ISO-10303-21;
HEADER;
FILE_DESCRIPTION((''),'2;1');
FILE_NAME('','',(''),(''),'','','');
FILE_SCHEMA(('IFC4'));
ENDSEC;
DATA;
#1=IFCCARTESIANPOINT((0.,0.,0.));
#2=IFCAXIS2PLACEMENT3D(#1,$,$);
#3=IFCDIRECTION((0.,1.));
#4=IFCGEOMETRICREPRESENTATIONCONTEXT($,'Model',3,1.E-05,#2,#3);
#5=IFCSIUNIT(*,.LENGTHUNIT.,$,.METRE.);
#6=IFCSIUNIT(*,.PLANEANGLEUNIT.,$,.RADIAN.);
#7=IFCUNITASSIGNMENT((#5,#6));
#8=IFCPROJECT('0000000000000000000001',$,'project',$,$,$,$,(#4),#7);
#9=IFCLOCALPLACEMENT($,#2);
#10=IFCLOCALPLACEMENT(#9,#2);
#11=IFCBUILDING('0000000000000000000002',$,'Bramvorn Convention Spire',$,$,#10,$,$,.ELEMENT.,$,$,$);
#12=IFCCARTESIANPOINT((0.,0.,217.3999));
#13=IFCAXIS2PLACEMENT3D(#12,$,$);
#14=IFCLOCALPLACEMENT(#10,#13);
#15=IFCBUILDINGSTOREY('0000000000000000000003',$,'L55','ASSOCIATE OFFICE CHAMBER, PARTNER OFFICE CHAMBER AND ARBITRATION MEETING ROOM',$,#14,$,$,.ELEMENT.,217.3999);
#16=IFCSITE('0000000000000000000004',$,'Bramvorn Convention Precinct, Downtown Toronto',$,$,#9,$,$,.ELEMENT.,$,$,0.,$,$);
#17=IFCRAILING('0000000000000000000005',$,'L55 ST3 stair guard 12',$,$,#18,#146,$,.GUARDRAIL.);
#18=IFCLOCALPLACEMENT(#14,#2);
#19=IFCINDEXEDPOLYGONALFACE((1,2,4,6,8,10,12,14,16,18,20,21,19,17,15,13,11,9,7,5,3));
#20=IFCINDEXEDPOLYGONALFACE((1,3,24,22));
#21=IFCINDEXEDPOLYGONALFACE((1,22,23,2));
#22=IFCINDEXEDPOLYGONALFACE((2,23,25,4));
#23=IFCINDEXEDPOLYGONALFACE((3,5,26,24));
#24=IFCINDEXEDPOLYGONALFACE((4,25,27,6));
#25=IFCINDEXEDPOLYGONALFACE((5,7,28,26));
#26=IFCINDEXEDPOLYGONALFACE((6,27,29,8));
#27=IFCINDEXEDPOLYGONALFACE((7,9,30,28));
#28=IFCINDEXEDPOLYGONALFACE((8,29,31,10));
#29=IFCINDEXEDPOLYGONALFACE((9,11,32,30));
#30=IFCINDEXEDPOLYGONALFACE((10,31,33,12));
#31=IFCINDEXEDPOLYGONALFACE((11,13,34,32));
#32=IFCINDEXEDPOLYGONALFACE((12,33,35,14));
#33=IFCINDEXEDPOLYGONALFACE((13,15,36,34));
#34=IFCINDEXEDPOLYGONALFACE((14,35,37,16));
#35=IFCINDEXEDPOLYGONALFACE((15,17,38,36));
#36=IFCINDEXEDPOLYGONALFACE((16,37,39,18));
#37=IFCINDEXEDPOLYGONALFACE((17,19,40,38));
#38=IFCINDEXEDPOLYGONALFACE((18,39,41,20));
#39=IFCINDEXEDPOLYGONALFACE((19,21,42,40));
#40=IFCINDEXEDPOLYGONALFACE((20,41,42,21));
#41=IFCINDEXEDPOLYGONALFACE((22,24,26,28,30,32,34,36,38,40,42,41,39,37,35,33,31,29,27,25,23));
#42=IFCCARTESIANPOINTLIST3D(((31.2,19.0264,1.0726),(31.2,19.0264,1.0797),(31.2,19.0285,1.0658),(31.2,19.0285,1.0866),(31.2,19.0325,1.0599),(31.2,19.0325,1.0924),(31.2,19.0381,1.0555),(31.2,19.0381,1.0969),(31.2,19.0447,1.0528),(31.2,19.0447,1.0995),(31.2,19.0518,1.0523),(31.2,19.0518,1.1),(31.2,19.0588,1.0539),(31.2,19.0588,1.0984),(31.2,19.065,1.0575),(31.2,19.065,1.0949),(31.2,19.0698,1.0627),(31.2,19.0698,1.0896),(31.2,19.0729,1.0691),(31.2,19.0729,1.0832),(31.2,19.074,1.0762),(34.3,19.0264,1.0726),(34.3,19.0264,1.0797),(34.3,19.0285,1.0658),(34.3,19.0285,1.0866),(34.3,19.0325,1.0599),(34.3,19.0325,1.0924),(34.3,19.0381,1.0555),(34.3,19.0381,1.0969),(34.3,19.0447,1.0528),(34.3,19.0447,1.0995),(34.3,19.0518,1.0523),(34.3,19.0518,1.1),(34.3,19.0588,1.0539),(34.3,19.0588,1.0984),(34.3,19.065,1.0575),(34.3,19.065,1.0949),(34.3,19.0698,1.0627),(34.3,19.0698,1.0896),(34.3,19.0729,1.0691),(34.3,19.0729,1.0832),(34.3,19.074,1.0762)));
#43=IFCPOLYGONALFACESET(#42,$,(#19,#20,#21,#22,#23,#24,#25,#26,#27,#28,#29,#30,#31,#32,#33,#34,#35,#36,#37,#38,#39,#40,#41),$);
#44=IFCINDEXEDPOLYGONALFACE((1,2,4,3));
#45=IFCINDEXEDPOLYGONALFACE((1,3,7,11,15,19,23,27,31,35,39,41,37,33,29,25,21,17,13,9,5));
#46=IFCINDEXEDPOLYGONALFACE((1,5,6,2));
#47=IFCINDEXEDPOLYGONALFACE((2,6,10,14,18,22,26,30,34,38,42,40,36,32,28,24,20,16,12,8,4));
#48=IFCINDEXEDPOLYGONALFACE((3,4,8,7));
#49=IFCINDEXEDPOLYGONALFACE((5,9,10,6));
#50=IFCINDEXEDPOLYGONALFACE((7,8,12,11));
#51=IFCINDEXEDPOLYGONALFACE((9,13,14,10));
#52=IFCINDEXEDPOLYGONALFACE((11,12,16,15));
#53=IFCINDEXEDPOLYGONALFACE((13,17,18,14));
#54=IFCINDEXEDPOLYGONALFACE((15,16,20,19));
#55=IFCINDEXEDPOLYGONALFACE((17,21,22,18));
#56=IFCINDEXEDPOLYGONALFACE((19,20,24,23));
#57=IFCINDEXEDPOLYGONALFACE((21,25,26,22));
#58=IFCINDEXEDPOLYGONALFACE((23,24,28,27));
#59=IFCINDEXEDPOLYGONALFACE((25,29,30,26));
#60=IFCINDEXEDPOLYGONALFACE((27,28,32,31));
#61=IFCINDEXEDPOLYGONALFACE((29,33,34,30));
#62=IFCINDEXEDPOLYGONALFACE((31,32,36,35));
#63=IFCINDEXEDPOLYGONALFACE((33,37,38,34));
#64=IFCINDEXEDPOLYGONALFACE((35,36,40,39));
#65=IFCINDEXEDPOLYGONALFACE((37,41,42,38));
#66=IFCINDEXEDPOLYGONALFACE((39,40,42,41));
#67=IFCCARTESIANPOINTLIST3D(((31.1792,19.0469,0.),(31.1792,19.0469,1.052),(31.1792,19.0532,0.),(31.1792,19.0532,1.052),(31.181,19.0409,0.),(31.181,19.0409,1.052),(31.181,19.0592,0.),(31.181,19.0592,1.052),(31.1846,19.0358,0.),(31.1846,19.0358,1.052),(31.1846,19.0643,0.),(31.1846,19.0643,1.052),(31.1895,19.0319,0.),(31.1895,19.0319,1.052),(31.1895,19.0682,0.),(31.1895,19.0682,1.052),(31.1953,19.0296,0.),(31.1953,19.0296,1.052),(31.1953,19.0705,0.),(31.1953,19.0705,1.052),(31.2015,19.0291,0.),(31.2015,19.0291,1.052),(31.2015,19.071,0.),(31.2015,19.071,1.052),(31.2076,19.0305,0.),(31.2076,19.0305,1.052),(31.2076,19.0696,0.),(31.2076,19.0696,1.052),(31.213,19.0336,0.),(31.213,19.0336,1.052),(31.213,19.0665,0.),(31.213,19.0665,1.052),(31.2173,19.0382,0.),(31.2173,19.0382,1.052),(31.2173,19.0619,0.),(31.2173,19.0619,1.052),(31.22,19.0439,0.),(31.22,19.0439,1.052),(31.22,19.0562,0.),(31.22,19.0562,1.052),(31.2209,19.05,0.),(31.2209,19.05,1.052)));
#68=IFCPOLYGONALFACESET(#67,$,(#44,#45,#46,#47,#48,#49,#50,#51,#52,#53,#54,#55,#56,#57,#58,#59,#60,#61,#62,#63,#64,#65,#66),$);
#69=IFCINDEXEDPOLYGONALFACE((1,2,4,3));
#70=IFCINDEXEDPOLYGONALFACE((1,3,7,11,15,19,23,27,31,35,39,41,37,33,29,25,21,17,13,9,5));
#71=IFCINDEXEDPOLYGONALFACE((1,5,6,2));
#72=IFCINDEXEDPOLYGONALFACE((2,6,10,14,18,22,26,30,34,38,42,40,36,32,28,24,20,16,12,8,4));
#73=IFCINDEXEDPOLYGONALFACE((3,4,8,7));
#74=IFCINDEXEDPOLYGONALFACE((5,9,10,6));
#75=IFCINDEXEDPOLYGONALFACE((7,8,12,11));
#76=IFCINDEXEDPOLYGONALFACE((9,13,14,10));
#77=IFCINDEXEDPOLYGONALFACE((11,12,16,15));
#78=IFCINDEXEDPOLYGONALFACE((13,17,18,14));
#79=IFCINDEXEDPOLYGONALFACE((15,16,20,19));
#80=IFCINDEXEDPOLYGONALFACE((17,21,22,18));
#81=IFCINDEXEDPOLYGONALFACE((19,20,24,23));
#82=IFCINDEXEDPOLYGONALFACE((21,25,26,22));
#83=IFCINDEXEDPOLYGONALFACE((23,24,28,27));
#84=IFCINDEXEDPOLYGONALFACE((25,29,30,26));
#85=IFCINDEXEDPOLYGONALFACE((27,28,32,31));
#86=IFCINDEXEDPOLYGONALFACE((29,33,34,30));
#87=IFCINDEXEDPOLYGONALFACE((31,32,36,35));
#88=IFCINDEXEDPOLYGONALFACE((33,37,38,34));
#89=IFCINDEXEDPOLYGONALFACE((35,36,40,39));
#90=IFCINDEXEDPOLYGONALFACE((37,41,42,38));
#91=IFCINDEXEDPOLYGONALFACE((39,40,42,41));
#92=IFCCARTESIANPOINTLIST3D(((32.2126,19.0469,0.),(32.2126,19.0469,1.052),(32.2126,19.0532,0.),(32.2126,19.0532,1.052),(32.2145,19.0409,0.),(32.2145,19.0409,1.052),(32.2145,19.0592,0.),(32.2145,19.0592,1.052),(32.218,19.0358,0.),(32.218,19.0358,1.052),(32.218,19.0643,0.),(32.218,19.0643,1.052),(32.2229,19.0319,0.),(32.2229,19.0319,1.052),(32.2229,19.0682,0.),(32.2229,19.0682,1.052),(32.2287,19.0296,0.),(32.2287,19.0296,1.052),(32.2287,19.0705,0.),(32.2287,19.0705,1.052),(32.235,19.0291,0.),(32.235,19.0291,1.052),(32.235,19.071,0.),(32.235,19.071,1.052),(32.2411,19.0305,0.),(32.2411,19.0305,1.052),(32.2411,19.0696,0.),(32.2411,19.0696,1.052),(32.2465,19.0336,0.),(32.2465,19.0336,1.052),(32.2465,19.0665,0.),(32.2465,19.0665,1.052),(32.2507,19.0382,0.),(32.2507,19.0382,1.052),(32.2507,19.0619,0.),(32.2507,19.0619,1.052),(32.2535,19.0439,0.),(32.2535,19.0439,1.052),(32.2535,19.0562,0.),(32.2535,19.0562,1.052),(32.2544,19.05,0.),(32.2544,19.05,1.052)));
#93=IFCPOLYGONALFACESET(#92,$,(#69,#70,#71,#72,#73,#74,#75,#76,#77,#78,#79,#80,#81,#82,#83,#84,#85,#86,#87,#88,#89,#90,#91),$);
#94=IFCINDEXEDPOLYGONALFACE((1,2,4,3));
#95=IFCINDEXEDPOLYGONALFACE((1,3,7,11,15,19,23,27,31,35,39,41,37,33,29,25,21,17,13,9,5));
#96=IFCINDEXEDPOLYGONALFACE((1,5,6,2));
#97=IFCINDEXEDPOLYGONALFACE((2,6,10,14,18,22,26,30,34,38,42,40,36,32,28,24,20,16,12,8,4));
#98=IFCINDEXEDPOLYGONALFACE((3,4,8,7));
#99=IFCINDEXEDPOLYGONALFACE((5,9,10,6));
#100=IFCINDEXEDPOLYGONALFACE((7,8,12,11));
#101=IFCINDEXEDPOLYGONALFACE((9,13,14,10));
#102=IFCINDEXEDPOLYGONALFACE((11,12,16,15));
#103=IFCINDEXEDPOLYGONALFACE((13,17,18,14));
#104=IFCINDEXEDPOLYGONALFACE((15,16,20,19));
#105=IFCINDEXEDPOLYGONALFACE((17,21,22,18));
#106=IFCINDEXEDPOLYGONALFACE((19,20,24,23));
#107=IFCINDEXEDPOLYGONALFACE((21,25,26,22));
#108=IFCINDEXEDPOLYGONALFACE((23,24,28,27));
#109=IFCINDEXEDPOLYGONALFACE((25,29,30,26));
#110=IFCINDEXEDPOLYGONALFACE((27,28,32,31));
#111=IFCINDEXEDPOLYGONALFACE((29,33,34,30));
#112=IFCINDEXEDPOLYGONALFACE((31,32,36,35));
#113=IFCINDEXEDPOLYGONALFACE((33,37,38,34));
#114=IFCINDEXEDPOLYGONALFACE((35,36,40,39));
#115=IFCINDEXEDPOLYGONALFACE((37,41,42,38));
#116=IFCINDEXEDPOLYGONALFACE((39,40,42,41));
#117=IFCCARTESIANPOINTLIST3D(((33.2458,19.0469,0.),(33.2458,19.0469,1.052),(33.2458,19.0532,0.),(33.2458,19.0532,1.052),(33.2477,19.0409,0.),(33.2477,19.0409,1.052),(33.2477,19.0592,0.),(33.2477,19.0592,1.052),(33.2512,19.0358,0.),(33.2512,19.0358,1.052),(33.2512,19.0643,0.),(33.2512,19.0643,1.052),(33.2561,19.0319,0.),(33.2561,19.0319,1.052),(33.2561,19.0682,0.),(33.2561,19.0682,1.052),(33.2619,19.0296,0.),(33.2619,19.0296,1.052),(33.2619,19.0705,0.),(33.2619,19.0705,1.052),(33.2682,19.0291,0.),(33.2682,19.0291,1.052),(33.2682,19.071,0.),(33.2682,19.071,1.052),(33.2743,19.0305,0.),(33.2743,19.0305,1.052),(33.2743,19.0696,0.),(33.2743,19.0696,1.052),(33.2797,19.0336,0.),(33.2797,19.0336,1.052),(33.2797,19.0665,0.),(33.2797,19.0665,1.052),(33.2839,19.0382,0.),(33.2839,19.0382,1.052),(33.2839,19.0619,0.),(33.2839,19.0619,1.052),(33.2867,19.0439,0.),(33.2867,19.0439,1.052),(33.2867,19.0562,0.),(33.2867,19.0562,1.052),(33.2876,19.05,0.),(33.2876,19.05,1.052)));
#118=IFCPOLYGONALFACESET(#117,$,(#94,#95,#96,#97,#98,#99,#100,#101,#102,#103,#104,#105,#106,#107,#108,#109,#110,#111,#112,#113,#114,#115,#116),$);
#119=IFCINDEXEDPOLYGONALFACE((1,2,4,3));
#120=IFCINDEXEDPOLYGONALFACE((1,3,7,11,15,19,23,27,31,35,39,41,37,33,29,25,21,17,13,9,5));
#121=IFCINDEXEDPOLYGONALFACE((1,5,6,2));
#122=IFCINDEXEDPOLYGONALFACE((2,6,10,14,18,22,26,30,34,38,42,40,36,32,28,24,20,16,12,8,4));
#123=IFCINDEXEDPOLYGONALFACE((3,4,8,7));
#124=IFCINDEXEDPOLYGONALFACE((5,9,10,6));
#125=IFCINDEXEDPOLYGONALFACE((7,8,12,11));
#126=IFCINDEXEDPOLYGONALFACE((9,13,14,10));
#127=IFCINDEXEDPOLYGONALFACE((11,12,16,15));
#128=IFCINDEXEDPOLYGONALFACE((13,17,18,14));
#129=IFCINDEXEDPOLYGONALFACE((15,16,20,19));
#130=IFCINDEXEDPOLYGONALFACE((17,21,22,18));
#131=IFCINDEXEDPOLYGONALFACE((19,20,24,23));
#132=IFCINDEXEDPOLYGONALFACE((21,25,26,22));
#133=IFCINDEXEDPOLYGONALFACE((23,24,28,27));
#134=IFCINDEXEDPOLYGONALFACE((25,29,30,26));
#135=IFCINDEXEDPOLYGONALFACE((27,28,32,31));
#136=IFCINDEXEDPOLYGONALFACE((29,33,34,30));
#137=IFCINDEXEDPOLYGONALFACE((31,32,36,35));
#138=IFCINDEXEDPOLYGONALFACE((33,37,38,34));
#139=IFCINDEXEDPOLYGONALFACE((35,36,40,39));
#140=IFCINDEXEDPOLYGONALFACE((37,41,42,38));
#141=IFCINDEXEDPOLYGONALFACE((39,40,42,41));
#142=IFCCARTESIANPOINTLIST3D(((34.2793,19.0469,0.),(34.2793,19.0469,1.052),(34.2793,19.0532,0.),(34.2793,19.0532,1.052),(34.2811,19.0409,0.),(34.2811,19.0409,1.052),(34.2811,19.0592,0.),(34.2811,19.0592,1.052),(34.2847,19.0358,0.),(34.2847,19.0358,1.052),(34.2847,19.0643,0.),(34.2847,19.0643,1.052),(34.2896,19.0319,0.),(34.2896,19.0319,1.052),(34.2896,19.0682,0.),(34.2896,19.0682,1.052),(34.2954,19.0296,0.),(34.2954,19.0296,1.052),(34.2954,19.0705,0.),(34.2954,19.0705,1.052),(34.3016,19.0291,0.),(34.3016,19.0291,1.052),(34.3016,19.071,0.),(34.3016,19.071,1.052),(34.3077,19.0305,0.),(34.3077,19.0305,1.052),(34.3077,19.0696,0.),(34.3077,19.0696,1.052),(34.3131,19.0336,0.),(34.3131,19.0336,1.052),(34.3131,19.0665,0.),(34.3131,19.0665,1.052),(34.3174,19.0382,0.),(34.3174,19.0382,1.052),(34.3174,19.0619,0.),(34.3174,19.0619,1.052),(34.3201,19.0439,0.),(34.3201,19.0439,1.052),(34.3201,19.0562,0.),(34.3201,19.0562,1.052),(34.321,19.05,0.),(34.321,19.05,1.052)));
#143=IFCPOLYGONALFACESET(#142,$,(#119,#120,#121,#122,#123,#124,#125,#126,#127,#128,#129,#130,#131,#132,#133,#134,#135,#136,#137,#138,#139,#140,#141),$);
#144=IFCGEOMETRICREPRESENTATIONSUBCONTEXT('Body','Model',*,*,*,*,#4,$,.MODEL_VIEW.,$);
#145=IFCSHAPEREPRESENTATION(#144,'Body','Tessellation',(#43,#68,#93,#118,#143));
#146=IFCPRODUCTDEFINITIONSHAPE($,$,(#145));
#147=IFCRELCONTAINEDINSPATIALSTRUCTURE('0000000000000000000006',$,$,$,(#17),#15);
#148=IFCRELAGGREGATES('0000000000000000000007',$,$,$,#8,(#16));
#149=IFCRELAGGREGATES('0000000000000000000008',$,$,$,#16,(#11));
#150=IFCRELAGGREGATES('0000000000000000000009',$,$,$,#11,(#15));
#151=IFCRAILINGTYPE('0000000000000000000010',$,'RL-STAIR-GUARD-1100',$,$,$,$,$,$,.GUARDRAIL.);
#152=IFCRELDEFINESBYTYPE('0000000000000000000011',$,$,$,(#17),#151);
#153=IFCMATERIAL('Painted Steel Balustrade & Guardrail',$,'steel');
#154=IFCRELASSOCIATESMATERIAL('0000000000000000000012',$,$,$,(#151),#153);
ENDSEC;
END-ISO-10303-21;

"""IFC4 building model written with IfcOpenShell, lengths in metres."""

from ifc_helpers import new_model, si_unit, direction, frame, origin, origin_2d, place, context, subcontext, project, spatial, circle, extrude, material, type_object, element, save


model = new_model("IFC4")

# Units and contexts
model_context = context("Model", 3, precision=1e-05, world=origin(), true_north=direction((0.0, 1.0)))
body_context = subcontext(model_context, "Body", "Model", "MODEL_VIEW")
ifc_project = project(units=[si_unit("LENGTHUNIT", "METRE"), si_unit("PLANEANGLEUNIT", "RADIAN")], contexts=[model_context])

# Site, building, storey
site_placement = place(None, origin())
site = spatial("IfcSite", under=ifc_project, at=site_placement, Name="Bramvorn Convention Precinct, Downtown Toronto", CompositionType="ELEMENT", RefElevation=0.0)
building_placement = place(site_placement, origin())
building = spatial("IfcBuilding", under=site, at=building_placement, Name="Bramvorn Convention Spire", CompositionType="ELEMENT")
storey_placement = place(building_placement, frame((0.0, 0.0, 217.3999)))
storey = spatial("IfcBuildingStorey", under=building, at=storey_placement, Name="L55", Description="ASSOCIATE OFFICE CHAMBER, PARTNER OFFICE CHAMBER AND ARBITRATION MEETING ROOM", CompositionType="ELEMENT", Elevation=217.3999)

# Railing
ifc_material_1 = material(Name="Painted Steel Balustrade & Guardrail", Category="steel")
railing_type_1 = type_object("IfcRailingType", Name="RL-STAIR-GUARD-1100", PredefinedType="GUARDRAIL", material=ifc_material_1)
railing_1_placement = place(storey_placement, frame((31.2, 19.05, 0.0)))
element("IfcRailing", 1, at=railing_1_placement, inside=storey, type_object=railing_type_1, Name="L55 ST3 stair guard 12", PredefinedType="GUARDRAIL", context=body_context, shape_type="SweptSolid", body=[
    extrude(circle(Radius=0.0239, at=origin_2d()), frame((0.0, 0.0, 1.0762), z_axis=(1.0, 0.0, 0.0), x_axis=(0.0, 1.0, 0.0)), (0.0, 0.0, 1.0), 3.1001),
    extrude(circle(Radius=0.021, at=origin_2d()), origin(), (0.0, 0.0, 1.0), 1.052),
    extrude(circle(Radius=0.021, at=origin_2d()), frame((1.0334, 0.0, 0.0)), (0.0, 0.0, 1.0), 1.052),
    extrude(circle(Radius=0.021, at=origin_2d()), frame((2.0667, 0.0, 0.0)), (0.0, 0.0, 1.0), 1.052),
    extrude(circle(Radius=0.021, at=origin_2d()), frame((3.1001, 0.0, 0.0)), (0.0, 0.0, 1.0), 1.052),
])

save(model, "model.ifc")
